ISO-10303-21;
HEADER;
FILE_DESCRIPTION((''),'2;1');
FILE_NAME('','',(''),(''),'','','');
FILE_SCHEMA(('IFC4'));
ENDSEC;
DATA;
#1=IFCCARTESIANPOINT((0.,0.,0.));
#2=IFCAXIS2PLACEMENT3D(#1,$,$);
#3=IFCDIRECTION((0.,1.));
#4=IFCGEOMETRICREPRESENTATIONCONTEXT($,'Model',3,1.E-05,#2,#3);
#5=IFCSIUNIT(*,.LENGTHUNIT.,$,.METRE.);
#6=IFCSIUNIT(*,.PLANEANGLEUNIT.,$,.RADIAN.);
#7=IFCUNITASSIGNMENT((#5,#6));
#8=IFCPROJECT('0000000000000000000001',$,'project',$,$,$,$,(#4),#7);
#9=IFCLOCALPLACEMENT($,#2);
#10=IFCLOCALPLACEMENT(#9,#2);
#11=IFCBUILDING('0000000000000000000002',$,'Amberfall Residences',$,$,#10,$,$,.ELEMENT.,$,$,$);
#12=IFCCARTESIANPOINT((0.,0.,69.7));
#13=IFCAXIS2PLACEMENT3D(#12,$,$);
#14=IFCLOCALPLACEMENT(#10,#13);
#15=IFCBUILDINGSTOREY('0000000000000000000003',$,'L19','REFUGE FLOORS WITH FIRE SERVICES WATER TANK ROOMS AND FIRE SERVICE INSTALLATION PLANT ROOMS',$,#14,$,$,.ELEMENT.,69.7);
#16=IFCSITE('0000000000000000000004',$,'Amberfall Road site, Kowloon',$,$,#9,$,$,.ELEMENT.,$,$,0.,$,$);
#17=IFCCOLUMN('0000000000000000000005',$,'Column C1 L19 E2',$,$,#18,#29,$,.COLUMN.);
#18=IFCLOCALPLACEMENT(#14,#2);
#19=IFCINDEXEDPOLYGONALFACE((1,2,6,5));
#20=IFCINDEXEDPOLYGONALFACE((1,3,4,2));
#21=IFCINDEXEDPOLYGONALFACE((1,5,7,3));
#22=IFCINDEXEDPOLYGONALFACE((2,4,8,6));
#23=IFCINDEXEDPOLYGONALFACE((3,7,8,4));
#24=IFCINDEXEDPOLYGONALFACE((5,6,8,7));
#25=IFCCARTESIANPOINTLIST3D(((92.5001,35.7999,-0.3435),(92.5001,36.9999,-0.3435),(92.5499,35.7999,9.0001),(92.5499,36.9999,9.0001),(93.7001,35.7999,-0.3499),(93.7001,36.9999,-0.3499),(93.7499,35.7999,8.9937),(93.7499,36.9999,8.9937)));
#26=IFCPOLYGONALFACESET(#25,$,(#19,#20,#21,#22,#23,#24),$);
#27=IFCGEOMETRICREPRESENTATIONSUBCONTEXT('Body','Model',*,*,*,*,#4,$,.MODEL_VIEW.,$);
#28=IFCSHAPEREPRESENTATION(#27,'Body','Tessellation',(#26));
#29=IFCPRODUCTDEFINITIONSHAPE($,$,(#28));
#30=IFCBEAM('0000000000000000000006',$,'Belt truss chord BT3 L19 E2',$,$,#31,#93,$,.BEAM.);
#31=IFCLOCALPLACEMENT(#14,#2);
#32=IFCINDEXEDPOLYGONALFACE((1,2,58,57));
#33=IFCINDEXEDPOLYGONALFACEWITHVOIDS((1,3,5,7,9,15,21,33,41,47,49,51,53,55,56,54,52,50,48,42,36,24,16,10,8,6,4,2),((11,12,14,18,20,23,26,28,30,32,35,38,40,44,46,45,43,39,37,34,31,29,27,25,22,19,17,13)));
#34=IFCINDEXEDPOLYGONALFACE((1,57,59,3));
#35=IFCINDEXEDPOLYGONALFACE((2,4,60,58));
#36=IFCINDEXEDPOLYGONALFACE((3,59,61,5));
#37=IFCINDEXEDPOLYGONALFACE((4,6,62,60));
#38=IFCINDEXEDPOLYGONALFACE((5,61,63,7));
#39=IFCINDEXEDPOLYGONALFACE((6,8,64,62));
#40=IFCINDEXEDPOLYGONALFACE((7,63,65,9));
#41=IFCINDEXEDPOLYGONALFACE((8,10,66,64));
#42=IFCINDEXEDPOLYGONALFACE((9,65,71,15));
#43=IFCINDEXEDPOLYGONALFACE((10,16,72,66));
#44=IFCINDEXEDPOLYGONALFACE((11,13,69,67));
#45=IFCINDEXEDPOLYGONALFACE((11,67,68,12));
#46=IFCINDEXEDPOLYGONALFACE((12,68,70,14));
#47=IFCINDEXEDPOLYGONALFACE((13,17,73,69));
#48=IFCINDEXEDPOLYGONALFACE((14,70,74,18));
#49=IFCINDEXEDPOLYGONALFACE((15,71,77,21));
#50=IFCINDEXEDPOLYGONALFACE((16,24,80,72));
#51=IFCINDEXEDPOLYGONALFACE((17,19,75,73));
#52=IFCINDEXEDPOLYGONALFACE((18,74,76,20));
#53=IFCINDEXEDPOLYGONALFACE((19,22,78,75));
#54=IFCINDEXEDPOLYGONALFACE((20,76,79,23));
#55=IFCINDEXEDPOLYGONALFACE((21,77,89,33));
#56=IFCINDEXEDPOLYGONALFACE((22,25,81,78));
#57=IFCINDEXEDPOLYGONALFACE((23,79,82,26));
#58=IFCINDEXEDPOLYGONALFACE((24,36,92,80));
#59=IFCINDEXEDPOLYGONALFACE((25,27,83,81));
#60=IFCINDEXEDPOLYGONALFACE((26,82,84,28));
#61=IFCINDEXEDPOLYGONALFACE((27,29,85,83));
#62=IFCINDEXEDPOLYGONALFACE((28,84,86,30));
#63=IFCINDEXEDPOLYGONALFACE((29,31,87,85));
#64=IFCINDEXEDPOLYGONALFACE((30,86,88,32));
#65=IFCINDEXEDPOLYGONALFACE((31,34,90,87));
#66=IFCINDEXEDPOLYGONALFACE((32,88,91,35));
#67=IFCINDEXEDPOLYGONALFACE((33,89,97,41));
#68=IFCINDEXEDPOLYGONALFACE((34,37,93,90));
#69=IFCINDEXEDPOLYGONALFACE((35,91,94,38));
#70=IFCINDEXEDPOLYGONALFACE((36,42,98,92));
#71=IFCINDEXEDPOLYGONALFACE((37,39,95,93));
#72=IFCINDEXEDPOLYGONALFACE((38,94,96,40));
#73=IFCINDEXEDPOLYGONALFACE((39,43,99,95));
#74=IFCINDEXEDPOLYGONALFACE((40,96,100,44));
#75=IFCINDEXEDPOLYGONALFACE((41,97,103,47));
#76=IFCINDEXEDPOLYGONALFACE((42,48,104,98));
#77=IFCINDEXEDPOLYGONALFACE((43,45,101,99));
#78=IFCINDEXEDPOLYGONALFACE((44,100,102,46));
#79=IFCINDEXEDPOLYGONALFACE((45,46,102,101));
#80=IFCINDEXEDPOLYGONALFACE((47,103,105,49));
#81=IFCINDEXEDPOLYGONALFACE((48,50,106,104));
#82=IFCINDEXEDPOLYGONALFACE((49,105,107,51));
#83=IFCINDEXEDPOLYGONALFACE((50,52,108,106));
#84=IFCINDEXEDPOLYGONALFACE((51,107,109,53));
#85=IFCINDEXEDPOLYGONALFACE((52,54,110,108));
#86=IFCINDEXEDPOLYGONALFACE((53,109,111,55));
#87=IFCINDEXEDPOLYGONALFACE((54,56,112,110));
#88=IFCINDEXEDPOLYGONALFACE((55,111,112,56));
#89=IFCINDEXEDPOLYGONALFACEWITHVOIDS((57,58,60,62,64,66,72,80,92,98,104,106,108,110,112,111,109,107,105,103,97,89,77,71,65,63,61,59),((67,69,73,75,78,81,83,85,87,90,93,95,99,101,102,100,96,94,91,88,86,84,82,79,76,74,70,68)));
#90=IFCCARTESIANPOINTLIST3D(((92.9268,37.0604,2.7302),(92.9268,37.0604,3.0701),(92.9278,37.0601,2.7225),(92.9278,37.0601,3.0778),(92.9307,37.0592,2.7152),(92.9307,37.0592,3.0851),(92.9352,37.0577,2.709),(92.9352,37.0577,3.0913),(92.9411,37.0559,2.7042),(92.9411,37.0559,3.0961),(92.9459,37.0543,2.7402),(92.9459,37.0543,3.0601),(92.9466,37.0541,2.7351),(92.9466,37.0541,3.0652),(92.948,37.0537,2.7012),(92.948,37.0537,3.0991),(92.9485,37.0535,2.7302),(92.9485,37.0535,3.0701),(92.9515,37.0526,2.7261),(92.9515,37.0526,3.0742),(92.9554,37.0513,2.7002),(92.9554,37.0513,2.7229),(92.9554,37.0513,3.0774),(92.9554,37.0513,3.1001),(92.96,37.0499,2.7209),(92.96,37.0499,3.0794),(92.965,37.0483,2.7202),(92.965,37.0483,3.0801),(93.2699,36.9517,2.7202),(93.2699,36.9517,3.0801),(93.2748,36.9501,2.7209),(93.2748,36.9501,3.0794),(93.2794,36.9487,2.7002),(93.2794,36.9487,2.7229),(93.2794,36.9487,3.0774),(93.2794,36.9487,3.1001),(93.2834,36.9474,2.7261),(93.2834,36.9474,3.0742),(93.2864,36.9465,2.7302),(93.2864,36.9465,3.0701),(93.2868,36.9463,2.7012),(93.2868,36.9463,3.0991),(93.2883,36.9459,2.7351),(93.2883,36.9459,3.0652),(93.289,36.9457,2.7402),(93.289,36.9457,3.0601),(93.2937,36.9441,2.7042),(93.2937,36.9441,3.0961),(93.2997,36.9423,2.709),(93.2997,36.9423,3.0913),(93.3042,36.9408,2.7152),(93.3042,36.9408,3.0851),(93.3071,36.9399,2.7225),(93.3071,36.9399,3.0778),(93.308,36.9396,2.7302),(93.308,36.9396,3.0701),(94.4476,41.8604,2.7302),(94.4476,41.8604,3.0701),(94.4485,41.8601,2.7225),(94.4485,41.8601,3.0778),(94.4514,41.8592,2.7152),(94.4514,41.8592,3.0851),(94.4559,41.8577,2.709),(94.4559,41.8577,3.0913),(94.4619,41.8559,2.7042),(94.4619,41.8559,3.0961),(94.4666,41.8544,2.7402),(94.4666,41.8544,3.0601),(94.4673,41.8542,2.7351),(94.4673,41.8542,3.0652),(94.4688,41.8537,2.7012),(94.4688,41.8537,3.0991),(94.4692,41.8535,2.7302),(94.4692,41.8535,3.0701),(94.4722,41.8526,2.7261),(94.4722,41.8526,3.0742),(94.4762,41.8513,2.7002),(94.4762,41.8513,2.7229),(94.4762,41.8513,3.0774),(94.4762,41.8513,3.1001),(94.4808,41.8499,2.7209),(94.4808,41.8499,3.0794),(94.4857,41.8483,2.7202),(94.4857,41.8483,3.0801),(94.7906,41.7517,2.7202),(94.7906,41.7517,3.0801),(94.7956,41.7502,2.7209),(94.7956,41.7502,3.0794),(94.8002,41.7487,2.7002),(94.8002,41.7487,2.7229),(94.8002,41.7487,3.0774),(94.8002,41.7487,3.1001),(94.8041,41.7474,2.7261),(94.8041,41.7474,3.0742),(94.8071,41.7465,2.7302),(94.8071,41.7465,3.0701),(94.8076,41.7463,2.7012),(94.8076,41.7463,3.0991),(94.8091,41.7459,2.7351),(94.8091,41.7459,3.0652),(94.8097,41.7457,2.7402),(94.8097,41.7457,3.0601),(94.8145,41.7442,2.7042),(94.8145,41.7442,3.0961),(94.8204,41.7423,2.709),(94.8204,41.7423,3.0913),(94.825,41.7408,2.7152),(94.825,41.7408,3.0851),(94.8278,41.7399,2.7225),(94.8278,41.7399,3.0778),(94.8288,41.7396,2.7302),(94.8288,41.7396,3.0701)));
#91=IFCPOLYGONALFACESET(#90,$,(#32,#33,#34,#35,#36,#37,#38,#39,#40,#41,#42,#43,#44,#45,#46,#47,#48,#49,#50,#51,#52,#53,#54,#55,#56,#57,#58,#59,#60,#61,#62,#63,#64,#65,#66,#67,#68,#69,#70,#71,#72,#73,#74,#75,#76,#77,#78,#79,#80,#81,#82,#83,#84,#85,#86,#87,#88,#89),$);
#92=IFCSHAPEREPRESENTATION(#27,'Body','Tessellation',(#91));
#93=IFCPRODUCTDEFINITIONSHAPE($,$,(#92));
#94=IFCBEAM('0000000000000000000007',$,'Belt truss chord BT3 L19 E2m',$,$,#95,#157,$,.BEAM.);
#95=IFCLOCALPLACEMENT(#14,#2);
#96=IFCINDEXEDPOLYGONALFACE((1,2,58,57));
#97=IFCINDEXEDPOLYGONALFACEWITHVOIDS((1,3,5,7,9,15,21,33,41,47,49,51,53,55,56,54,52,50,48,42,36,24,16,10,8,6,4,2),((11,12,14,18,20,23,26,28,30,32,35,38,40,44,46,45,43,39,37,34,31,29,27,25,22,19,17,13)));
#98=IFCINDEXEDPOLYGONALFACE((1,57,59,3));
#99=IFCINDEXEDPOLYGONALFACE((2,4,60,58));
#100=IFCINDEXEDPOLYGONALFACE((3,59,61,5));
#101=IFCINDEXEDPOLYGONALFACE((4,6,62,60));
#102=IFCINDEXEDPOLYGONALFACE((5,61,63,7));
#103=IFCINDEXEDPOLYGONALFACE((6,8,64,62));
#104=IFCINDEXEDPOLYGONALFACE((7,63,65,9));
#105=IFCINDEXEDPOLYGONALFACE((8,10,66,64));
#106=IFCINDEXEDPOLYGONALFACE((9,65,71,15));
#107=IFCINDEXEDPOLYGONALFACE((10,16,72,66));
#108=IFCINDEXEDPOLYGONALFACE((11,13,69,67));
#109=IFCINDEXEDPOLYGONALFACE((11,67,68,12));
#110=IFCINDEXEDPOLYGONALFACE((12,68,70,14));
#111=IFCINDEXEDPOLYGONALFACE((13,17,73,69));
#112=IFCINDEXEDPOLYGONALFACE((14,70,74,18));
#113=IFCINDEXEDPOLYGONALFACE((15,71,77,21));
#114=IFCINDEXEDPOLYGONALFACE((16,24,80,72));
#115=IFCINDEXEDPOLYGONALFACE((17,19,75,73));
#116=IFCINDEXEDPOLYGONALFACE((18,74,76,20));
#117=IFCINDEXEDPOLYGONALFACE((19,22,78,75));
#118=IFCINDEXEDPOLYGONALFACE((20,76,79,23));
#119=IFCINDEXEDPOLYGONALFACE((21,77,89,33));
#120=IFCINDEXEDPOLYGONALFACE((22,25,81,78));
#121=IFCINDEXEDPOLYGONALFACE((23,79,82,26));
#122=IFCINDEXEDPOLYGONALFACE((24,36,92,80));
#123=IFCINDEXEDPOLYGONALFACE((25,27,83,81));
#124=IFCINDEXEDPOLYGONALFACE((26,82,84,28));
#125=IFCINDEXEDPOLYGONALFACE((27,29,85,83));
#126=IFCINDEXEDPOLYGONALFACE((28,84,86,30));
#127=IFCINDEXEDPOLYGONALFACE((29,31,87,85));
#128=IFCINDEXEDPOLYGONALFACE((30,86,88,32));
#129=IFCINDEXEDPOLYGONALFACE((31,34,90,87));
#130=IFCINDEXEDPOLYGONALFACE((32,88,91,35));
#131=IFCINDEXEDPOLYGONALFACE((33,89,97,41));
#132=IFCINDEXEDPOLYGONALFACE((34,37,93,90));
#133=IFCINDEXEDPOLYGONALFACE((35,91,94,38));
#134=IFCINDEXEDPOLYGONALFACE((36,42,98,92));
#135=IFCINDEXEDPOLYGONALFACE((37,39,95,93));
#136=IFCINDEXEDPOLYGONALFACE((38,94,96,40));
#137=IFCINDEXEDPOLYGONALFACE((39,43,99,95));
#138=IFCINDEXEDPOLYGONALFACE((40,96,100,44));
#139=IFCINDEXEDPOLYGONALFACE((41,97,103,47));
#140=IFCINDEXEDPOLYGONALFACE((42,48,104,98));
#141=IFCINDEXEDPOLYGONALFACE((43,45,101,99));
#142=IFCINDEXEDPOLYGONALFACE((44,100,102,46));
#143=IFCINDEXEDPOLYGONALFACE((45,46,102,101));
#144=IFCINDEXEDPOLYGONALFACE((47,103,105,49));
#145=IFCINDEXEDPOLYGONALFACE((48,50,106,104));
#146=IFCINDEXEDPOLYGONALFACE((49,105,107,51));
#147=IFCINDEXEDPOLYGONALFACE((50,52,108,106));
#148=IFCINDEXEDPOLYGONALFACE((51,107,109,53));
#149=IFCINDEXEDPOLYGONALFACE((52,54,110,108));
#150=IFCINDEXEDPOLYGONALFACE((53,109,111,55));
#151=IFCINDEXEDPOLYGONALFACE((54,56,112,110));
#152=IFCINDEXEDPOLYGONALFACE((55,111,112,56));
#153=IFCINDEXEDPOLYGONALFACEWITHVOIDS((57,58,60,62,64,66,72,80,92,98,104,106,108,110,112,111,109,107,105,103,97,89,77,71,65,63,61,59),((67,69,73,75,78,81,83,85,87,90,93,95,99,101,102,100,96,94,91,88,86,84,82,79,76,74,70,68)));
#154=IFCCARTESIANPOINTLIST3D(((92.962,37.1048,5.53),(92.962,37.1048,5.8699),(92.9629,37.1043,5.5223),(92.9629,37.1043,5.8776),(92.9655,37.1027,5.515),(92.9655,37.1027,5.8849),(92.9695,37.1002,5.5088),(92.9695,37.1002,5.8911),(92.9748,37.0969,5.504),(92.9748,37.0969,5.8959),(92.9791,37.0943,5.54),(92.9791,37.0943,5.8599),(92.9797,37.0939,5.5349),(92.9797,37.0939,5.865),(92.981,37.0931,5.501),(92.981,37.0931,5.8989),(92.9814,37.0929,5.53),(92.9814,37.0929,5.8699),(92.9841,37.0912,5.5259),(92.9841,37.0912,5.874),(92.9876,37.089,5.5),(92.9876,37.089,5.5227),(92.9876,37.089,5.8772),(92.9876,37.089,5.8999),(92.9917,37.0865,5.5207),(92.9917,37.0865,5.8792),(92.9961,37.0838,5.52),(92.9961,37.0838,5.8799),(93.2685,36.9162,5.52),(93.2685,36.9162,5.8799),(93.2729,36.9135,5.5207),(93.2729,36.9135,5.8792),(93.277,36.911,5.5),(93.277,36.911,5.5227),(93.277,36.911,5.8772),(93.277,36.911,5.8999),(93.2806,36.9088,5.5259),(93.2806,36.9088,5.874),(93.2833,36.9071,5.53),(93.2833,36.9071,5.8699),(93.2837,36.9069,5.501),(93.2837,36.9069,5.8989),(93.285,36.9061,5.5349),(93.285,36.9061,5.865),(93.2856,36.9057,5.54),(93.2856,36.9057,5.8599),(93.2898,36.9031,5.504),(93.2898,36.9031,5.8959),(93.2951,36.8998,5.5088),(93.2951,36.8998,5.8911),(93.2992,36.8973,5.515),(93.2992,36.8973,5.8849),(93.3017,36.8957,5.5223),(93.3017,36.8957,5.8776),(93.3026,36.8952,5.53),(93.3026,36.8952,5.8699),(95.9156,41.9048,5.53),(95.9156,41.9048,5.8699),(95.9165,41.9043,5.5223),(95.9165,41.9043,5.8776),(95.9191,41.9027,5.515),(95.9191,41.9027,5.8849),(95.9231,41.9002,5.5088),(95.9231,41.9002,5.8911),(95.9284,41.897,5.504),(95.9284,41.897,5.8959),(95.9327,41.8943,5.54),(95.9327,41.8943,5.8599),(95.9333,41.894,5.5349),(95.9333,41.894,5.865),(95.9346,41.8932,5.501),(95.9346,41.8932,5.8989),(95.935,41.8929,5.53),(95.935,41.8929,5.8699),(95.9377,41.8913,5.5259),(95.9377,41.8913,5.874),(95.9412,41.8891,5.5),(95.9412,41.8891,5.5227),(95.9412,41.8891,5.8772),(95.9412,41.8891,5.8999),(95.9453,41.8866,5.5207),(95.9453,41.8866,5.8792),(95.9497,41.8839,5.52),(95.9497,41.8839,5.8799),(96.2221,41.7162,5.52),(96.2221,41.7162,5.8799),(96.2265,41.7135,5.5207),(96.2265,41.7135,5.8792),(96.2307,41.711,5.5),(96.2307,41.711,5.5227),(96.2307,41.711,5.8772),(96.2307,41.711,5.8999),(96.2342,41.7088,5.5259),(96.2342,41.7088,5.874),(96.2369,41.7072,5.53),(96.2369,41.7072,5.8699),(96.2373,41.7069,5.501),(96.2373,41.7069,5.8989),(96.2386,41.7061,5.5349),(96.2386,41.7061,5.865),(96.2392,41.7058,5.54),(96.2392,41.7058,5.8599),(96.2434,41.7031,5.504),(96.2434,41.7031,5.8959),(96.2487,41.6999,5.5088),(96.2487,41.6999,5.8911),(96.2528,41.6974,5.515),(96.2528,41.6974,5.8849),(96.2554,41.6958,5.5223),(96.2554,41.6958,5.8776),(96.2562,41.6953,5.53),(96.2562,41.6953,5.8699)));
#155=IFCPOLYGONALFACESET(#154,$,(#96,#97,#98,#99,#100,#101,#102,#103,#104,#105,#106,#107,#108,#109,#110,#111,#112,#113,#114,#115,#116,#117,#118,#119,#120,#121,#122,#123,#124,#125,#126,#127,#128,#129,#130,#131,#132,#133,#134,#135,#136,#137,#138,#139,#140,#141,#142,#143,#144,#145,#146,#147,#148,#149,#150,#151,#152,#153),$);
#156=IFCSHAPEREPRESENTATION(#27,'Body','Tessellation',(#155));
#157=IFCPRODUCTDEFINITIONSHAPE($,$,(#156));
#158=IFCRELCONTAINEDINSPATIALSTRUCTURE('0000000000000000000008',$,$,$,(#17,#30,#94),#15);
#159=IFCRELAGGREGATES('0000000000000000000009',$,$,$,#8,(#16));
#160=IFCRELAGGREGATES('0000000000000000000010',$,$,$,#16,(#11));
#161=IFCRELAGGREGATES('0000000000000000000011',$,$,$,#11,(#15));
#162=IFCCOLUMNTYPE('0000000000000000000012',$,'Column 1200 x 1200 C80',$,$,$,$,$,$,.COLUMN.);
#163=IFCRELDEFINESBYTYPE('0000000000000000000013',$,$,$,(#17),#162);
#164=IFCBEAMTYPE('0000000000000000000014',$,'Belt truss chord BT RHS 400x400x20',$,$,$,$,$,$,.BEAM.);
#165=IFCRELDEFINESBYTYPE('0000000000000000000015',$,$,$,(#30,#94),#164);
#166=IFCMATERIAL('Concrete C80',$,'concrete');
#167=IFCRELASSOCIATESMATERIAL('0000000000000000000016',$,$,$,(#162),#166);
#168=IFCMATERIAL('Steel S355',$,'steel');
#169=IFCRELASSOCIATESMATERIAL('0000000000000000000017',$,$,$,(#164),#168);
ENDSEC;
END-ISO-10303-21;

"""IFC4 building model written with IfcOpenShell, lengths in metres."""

from ifc_helpers import new_model, si_unit, direction, frame, origin, origin_2d, place, context, subcontext, project, spatial, rectangle, hollow_rectangle, extrude, material, material_profile, profile_set, type_object, element, save


model = new_model("IFC4")

# Units and contexts
model_context = context("Model", 3, precision=1e-05, world=origin(), true_north=direction((0.0, 1.0)))
body_context = subcontext(model_context, "Body", "Model", "MODEL_VIEW")
ifc_project = project(units=[si_unit("LENGTHUNIT", "METRE"), si_unit("PLANEANGLEUNIT", "RADIAN")], contexts=[model_context])

# Site, building, storey
site_placement = place(None, origin())
site = spatial("IfcSite", under=ifc_project, at=site_placement, Name="Amberfall Road site, Kowloon", CompositionType="ELEMENT", RefElevation=0.0)
building_placement = place(site_placement, origin())
building = spatial("IfcBuilding", under=site, at=building_placement, Name="Amberfall Residences", CompositionType="ELEMENT")
storey_placement = place(building_placement, frame((0.0, 0.0, 69.7)))
storey = spatial("IfcBuildingStorey", under=building, at=storey_placement, Name="L19", Description="REFUGE FLOORS WITH FIRE SERVICES WATER TANK ROOMS AND FIRE SERVICE INSTALLATION PLANT ROOMS", CompositionType="ELEMENT", Elevation=69.7)

# Column
ifc_material_1 = material(Name="Concrete C80", Category="concrete")
ifc_material_profile_1 = material_profile(ifc_material_1, rectangle(XDim=1.2, YDim=1.2, at=origin_2d()), Name="Column 1200 x 1200 C80")
ifc_profile_set_1 = profile_set([ifc_material_profile_1], Name="Concrete C80")
column_type = type_object("IfcColumnType", Name="Column 1200 x 1200 C80", PredefinedType="COLUMN", material=ifc_profile_set_1)
column_placement = place(storey_placement, frame((93.1001, 36.3999, -0.3467), z_axis=(0.00533, 0.0, 0.999986), x_axis=(0.0, 1.0, 0.0)))
element("IfcColumn", 1, at=column_placement, inside=storey, type_object=column_type, Name="Column C1 L19 E2", PredefinedType="COLUMN", context=body_context, shape_type="SweptSolid", body=[
    extrude(rectangle(XDim=1.2, YDim=1.2, at=origin_2d()), origin(), (0.0, 0.0, 1.0), 9.3438),
])

# Beams
ifc_material_2 = material(Name="Steel S355", Category="steel")
ifc_material_profile_2 = material_profile(ifc_material_2, hollow_rectangle(XDim=0.3999, YDim=0.3999, WallThickness=0.02, InnerFilletRadius=0.02, OuterFilletRadius=0.03, at=origin_2d()), Name="RHS 400x400x20")
ifc_profile_set_2 = profile_set([ifc_material_profile_2], Name="Steel S355")
beam_type_1 = type_object("IfcBeamType", Name="Belt truss chord BT RHS 400x400x20", PredefinedType="BEAM", material=ifc_profile_set_2)
beam_1_placement = place(storey_placement, frame((93.1174, 37.0, 2.9001), z_axis=(0.302025, 0.9533, 0.0), x_axis=(-0.9533, 0.302025, 0.0)))
element("IfcBeam", 2, at=beam_1_placement, inside=storey, type_object=beam_type_1, Name="Belt truss chord BT3 L19 E2", PredefinedType="BEAM", context=body_context, shape_type="SweptSolid", body=[
    extrude(hollow_rectangle(XDim=0.3999, YDim=0.3999, WallThickness=0.02, InnerFilletRadius=0.02, OuterFilletRadius=0.03, at=origin_2d()), origin(), (0.0, 0.0, 1.0), 5.0352),
])
beam_2_placement = place(storey_placement, frame((93.1323, 37.0, 5.7), z_axis=(0.524064, 0.851679, 0.0), x_axis=(-0.851679, 0.524064, 0.0)))
element("IfcBeam", 3, at=beam_2_placement, inside=storey, type_object=beam_type_1, Name="Belt truss chord BT3 L19 E2m", PredefinedType="BEAM", context=body_context, shape_type="SweptSolid", body=[
    extrude(hollow_rectangle(XDim=0.3999, YDim=0.3999, WallThickness=0.02, InnerFilletRadius=0.02, OuterFilletRadius=0.03, at=origin_2d()), origin(), (0.0, 0.0, 1.0), 5.636),
])

save(model, "model.ifc")
